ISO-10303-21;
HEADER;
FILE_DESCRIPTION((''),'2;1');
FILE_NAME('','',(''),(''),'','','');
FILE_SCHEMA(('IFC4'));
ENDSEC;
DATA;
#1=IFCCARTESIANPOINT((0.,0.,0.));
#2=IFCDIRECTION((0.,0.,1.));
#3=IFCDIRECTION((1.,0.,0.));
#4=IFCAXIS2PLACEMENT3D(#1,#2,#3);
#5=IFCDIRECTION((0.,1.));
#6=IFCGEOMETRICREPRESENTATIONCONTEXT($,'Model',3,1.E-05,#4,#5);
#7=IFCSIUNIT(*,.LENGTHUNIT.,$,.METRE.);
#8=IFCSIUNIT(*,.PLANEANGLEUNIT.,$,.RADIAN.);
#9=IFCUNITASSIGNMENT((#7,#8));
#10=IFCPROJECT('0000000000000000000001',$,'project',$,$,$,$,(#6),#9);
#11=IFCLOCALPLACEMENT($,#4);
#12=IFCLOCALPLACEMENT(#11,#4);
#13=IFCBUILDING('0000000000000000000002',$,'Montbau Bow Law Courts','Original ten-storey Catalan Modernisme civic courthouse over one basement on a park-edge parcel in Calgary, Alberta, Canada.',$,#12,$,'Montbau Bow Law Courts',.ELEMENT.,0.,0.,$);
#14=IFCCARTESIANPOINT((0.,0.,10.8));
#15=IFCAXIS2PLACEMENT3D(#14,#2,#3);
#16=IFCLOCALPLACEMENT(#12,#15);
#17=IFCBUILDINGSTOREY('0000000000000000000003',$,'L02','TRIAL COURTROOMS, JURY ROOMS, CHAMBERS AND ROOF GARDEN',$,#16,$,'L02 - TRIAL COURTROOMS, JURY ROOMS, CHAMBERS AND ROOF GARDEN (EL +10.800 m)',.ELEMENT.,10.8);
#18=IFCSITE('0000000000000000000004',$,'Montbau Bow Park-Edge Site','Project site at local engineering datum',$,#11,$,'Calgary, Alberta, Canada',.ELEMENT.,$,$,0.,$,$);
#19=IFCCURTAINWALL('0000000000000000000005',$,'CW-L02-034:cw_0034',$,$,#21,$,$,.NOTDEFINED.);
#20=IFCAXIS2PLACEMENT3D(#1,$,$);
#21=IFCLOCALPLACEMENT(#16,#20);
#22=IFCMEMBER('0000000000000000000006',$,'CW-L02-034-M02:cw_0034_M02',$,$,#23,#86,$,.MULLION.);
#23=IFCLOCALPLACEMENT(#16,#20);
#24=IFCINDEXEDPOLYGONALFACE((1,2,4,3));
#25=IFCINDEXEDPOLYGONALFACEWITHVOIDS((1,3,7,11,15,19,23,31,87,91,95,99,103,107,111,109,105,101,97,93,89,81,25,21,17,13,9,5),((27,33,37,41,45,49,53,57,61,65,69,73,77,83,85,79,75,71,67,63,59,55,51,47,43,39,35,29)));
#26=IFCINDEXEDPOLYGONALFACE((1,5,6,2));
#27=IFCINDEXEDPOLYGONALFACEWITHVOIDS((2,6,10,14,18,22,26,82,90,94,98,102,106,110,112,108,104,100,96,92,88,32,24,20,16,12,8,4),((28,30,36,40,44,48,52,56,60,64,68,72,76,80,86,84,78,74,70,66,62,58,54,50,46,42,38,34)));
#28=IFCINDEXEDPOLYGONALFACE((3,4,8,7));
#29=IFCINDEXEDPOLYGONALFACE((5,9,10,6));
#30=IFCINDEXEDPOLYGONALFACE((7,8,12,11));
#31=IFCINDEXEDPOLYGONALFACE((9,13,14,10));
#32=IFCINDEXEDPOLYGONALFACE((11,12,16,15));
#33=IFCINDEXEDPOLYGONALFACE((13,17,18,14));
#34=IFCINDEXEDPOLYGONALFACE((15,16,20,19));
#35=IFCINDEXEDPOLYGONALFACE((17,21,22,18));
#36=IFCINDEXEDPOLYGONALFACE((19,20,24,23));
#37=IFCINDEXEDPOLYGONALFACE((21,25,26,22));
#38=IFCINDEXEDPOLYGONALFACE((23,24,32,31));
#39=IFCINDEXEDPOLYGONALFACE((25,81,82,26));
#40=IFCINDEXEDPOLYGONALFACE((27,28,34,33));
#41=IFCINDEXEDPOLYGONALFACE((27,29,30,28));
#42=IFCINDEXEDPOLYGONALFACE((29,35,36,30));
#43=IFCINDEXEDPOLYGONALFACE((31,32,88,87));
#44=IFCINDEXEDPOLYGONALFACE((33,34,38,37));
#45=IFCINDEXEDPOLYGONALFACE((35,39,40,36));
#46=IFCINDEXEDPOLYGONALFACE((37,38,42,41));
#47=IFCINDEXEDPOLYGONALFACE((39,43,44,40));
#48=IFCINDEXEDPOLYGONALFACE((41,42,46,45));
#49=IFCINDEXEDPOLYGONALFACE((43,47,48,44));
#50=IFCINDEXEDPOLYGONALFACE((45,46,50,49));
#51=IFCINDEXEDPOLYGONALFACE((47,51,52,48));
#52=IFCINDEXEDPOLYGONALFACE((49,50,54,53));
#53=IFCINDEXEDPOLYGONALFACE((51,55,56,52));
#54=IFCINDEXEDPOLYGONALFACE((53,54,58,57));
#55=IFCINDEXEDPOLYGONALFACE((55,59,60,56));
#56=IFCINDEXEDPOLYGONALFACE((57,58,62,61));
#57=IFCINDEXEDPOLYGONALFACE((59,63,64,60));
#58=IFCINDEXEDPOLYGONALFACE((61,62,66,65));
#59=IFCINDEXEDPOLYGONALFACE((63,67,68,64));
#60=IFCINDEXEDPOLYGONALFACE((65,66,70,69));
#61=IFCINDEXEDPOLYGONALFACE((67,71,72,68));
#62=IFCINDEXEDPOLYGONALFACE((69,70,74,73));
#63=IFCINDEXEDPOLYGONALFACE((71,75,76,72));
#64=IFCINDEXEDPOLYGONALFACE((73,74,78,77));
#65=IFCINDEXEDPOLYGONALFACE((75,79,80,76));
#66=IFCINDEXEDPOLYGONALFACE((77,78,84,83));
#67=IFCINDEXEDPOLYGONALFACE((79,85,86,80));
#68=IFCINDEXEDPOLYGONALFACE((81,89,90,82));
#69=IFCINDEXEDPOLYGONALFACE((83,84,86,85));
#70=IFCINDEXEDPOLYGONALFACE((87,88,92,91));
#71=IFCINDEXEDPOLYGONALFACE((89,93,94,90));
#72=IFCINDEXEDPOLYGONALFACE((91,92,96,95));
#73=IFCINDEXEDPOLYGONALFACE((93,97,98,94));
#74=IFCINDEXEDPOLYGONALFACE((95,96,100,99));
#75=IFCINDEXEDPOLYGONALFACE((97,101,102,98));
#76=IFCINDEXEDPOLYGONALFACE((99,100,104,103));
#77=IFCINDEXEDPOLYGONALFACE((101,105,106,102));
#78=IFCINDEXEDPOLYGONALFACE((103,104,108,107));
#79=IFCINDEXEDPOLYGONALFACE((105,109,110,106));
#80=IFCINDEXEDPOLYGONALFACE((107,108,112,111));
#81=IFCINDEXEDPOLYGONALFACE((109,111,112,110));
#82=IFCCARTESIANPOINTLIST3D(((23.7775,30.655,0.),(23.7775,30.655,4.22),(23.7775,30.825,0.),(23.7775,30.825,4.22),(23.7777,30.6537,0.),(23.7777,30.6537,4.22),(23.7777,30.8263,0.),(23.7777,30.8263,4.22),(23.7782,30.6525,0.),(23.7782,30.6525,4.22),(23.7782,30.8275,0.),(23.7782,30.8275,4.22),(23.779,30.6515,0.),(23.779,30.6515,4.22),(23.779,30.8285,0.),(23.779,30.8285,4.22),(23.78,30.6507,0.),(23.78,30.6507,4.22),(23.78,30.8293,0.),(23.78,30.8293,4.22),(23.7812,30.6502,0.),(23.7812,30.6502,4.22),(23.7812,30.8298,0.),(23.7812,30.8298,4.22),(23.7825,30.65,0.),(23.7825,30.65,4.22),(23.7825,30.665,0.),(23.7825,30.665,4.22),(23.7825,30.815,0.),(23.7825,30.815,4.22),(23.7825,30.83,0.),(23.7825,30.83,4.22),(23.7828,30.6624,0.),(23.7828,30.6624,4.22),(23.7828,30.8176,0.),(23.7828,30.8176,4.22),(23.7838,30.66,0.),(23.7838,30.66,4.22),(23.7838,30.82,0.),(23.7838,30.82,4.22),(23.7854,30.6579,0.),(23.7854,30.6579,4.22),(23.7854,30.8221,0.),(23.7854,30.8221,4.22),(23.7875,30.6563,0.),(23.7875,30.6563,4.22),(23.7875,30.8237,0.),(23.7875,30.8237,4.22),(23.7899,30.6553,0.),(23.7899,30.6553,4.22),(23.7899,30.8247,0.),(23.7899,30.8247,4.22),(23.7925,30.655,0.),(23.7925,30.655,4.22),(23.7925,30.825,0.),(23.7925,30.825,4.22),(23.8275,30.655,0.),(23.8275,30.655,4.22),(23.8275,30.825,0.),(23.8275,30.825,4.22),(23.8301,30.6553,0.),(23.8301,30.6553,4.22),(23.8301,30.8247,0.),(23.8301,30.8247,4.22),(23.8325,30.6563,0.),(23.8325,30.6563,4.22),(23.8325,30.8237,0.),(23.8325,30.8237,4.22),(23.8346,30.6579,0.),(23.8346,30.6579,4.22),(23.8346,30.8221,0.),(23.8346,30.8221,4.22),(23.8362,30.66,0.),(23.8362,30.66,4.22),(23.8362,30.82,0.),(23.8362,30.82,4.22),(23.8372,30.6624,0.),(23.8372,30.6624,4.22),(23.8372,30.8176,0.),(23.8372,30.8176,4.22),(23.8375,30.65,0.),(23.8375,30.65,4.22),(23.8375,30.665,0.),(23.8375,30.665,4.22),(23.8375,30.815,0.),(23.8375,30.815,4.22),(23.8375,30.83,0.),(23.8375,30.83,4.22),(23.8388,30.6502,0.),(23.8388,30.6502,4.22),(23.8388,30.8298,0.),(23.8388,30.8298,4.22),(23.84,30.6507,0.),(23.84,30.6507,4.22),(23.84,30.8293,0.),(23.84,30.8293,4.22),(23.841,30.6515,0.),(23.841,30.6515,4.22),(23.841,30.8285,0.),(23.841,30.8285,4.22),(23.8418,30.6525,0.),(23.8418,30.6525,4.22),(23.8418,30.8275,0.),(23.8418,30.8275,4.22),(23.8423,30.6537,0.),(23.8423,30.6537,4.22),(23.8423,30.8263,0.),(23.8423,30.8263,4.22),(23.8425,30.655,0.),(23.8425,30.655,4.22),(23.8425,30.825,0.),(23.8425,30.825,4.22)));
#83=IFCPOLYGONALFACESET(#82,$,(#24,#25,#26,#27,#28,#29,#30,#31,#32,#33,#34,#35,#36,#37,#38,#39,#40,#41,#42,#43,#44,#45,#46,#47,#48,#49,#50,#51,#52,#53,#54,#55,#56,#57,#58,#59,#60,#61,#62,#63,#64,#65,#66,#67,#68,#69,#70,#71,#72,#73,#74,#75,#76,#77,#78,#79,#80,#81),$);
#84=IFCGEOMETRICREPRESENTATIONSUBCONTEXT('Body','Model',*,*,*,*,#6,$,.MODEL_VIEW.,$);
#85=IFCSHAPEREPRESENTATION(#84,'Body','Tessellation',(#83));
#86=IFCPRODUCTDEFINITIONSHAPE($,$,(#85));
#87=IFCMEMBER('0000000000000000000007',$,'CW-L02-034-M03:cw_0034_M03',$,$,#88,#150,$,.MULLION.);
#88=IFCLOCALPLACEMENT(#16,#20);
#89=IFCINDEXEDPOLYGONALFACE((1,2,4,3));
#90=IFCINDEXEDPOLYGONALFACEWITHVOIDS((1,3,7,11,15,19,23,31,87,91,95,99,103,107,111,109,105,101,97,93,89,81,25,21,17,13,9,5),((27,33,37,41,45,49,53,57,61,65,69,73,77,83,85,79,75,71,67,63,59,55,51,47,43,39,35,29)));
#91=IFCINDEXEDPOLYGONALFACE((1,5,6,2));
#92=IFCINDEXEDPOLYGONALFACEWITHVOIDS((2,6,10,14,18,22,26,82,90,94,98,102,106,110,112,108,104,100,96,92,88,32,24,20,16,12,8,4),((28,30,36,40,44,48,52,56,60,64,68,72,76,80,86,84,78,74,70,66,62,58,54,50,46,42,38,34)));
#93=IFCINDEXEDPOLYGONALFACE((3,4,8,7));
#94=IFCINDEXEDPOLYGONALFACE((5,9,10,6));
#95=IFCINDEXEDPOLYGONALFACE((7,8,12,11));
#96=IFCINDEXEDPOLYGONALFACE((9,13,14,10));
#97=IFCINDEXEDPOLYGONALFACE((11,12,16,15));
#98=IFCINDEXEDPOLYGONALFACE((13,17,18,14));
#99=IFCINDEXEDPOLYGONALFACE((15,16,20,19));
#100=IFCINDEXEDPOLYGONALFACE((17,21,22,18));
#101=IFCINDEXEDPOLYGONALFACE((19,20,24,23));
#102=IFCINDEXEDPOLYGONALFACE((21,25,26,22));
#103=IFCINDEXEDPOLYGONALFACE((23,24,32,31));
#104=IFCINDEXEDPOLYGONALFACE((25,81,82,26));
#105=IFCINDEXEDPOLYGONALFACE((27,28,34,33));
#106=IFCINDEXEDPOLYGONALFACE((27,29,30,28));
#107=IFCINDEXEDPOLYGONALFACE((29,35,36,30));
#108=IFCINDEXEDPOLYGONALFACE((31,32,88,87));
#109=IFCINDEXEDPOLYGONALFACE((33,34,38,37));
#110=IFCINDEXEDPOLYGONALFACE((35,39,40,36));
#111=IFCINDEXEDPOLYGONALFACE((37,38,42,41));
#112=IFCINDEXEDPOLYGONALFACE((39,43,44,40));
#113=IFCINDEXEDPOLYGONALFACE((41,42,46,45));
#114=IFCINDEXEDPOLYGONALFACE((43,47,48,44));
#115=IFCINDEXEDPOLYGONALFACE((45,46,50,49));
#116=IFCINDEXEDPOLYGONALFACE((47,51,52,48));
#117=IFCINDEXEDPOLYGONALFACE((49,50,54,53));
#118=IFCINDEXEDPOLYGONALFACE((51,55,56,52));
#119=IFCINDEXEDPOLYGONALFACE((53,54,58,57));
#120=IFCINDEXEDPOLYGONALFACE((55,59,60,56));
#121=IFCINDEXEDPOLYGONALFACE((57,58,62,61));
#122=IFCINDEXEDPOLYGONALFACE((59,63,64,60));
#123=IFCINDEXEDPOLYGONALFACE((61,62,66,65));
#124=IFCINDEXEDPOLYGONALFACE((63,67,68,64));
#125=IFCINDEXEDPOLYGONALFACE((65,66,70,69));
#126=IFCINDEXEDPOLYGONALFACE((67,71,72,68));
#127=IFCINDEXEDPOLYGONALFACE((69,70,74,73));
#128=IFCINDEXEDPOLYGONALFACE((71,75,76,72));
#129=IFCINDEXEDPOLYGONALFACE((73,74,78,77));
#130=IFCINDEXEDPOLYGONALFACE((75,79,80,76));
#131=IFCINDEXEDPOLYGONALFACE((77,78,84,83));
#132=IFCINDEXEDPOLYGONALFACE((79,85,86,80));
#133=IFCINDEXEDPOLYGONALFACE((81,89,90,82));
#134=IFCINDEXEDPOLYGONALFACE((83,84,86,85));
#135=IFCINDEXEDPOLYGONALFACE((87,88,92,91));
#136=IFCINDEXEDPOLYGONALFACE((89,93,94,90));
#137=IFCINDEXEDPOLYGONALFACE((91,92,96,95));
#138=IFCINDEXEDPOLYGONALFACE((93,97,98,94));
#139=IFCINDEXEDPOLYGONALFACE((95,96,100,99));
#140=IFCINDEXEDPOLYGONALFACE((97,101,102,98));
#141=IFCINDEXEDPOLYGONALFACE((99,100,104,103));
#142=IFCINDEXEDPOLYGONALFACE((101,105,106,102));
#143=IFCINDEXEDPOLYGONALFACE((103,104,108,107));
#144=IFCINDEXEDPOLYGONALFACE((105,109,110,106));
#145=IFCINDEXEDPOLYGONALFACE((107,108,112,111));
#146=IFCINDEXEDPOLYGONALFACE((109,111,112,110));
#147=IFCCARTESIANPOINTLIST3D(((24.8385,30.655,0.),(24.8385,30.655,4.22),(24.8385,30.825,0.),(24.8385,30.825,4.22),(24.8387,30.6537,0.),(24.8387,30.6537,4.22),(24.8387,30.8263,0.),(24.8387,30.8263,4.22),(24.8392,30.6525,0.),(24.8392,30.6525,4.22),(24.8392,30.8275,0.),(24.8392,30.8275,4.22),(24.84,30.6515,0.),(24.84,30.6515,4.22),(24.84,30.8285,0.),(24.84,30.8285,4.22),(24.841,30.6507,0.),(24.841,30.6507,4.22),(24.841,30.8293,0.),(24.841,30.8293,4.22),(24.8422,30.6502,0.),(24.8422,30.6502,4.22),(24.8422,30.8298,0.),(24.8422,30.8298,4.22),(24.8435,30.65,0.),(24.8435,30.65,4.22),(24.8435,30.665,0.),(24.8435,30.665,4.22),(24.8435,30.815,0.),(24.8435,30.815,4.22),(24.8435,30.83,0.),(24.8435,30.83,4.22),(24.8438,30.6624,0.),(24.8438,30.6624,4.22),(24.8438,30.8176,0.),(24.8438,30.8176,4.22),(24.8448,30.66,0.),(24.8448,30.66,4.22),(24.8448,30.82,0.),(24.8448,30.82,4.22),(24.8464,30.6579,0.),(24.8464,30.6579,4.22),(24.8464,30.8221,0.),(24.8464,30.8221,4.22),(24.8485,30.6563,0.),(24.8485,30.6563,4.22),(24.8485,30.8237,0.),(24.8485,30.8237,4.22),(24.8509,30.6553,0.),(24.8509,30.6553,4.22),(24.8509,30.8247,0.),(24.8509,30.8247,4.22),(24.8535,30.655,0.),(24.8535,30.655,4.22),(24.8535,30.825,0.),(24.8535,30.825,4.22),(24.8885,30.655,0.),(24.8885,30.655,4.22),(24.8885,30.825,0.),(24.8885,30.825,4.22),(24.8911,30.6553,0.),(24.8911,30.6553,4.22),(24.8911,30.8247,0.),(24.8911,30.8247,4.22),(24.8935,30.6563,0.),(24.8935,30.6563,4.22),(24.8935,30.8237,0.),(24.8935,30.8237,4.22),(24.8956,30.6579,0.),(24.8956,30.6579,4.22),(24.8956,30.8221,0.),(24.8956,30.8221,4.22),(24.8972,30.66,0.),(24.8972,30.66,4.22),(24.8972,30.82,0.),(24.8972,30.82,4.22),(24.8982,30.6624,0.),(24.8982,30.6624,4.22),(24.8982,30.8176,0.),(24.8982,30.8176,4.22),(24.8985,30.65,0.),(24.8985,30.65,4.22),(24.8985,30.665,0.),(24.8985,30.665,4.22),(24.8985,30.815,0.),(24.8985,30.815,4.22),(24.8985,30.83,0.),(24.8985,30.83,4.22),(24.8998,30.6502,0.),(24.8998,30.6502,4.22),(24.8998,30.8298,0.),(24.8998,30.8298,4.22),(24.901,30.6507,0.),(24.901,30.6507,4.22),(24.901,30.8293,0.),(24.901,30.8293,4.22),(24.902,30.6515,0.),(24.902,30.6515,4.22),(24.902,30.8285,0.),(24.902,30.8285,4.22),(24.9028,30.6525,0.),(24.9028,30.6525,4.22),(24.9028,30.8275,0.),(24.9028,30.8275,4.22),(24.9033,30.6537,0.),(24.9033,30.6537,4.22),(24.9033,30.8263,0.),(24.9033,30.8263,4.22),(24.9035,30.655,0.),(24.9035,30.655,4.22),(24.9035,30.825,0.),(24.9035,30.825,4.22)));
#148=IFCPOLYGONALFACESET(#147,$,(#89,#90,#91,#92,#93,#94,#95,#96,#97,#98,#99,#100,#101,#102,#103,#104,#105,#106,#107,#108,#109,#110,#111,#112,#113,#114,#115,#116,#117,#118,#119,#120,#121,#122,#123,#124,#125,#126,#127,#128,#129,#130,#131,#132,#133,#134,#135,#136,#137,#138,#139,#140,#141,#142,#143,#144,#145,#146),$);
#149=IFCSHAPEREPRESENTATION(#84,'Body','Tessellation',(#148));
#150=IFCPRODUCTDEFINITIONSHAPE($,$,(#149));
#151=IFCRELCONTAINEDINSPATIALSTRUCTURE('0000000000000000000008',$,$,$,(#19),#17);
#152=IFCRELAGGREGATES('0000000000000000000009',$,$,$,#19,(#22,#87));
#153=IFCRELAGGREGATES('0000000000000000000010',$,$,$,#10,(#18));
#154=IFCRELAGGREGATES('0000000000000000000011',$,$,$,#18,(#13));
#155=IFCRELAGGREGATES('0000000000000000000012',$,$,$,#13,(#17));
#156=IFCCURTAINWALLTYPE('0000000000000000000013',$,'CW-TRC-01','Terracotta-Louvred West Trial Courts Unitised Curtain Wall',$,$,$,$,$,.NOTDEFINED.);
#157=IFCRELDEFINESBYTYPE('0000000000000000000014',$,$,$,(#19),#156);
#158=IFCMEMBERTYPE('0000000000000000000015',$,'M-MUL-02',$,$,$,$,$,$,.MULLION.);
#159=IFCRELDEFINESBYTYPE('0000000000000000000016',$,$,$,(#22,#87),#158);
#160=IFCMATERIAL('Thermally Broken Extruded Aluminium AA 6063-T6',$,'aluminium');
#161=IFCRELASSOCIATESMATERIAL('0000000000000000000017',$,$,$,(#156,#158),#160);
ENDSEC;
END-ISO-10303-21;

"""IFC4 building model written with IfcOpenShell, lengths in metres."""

from ifc_helpers import new_model, si_unit, direction, frame, origin_with_axes, origin_2d_with_axis, place, context, subcontext, project, spatial, hollow_rectangle, extrude, material, material_profile, profile_set, type_object, element, aggregate, save


model = new_model("IFC4")

# Units and contexts
model_context = context("Model", 3, precision=1e-05, world=origin_with_axes(), true_north=direction((0.0, 1.0)))
body_context = subcontext(model_context, "Body", "Model", "MODEL_VIEW")
ifc_project = project(units=[si_unit("LENGTHUNIT", "METRE"), si_unit("PLANEANGLEUNIT", "RADIAN")], contexts=[model_context])

# Site, building, storey
site_placement = place(None, origin_with_axes())
site = spatial("IfcSite", under=ifc_project, at=site_placement, Name="Montbau Bow Park-Edge Site", Description="Project site at local engineering datum", LongName="Calgary, Alberta, Canada", CompositionType="ELEMENT", RefElevation=0.0)
building_placement = place(site_placement, origin_with_axes())
building = spatial("IfcBuilding", under=site, at=building_placement, Name="Montbau Bow Law Courts", Description="Original ten-storey Catalan Modernisme civic courthouse over one basement on a park-edge parcel in Calgary, Alberta, Canada.", LongName="Montbau Bow Law Courts", CompositionType="ELEMENT", ElevationOfRefHeight=0.0, ElevationOfTerrain=0.0)
storey_placement = place(building_placement, frame((0.0, 0.0, 10.8), z_axis=(0.0, 0.0, 1.0), x_axis=(1.0, 0.0, 0.0)))
storey = spatial("IfcBuildingStorey", under=building, at=storey_placement, Name="L02", Description="TRIAL COURTROOMS, JURY ROOMS, CHAMBERS AND ROOF GARDEN", LongName="L02 - TRIAL COURTROOMS, JURY ROOMS, CHAMBERS AND ROOF GARDEN (EL +10.800 m)", CompositionType="ELEMENT", Elevation=10.8)

# Shared definitions
ifc_material_1 = material(Name="Thermally Broken Extruded Aluminium AA 6063-T6", Category="aluminium")
curtain_wall_type = type_object("IfcCurtainWallType", Name="CW-TRC-01", Description="Terracotta-Louvred West Trial Courts Unitised Curtain Wall", PredefinedType="NOTDEFINED", material=ifc_material_1)

# Curtain wall, members
curtain_wall_1_placement = place(None, frame((22.715, 30.74, 10.8), z_axis=(0.0, 0.0, 1.0), x_axis=(1.0, 0.0, 0.0)))
curtain_wall_1 = element("IfcCurtainWall", 1, at=curtain_wall_1_placement, inside=storey, type_object=curtain_wall_type, Name="CW-L02-034:cw_0034", PredefinedType="NOTDEFINED")
ifc_material_profile_1 = material_profile(ifc_material_1, hollow_rectangle(XDim=0.065, YDim=0.18, WallThickness=0.005, InnerFilletRadius=0.01, OuterFilletRadius=0.005, at=origin_2d_with_axis()), Name="CWM-180X65", Category="Main", Priority=0)
ifc_profile_set_1 = profile_set([ifc_material_profile_1], Name="Thermally Broken Extruded Aluminium AA 6063-T6")
member_type_1 = type_object("IfcMemberType", Name="M-MUL-02", PredefinedType="MULLION", material=ifc_profile_set_1)
member_1_placement = place(None, frame((23.81, 30.74, 10.8), z_axis=(0.0, 0.0, 1.0), x_axis=(1.0, 0.0, 0.0)))
member_1 = element("IfcMember", 2, at=member_1_placement, type_object=member_type_1, Name="CW-L02-034-M02:cw_0034_M02", PredefinedType="MULLION", context=body_context, shape_type="SweptSolid", body=[
    extrude(hollow_rectangle(XDim=0.065, YDim=0.18, WallThickness=0.005, InnerFilletRadius=0.01, OuterFilletRadius=0.005, at=origin_2d_with_axis()), origin_with_axes(), (0.0, 0.0, 1.0), 4.22),
])
member_2_placement = place(None, frame((24.871, 30.74, 10.8), z_axis=(0.0, 0.0, 1.0), x_axis=(1.0, 0.0, 0.0)))
member_2 = element("IfcMember", 3, at=member_2_placement, type_object=member_type_1, Name="CW-L02-034-M03:cw_0034_M03", PredefinedType="MULLION", context=body_context, shape_type="SweptSolid", body=[
    extrude(hollow_rectangle(XDim=0.065, YDim=0.18, WallThickness=0.005, InnerFilletRadius=0.01, OuterFilletRadius=0.005, at=origin_2d_with_axis()), origin_with_axes(), (0.0, 0.0, 1.0), 4.22),
])

aggregate(curtain_wall_1, [member_1, member_2])

save(model, "model.ifc")
